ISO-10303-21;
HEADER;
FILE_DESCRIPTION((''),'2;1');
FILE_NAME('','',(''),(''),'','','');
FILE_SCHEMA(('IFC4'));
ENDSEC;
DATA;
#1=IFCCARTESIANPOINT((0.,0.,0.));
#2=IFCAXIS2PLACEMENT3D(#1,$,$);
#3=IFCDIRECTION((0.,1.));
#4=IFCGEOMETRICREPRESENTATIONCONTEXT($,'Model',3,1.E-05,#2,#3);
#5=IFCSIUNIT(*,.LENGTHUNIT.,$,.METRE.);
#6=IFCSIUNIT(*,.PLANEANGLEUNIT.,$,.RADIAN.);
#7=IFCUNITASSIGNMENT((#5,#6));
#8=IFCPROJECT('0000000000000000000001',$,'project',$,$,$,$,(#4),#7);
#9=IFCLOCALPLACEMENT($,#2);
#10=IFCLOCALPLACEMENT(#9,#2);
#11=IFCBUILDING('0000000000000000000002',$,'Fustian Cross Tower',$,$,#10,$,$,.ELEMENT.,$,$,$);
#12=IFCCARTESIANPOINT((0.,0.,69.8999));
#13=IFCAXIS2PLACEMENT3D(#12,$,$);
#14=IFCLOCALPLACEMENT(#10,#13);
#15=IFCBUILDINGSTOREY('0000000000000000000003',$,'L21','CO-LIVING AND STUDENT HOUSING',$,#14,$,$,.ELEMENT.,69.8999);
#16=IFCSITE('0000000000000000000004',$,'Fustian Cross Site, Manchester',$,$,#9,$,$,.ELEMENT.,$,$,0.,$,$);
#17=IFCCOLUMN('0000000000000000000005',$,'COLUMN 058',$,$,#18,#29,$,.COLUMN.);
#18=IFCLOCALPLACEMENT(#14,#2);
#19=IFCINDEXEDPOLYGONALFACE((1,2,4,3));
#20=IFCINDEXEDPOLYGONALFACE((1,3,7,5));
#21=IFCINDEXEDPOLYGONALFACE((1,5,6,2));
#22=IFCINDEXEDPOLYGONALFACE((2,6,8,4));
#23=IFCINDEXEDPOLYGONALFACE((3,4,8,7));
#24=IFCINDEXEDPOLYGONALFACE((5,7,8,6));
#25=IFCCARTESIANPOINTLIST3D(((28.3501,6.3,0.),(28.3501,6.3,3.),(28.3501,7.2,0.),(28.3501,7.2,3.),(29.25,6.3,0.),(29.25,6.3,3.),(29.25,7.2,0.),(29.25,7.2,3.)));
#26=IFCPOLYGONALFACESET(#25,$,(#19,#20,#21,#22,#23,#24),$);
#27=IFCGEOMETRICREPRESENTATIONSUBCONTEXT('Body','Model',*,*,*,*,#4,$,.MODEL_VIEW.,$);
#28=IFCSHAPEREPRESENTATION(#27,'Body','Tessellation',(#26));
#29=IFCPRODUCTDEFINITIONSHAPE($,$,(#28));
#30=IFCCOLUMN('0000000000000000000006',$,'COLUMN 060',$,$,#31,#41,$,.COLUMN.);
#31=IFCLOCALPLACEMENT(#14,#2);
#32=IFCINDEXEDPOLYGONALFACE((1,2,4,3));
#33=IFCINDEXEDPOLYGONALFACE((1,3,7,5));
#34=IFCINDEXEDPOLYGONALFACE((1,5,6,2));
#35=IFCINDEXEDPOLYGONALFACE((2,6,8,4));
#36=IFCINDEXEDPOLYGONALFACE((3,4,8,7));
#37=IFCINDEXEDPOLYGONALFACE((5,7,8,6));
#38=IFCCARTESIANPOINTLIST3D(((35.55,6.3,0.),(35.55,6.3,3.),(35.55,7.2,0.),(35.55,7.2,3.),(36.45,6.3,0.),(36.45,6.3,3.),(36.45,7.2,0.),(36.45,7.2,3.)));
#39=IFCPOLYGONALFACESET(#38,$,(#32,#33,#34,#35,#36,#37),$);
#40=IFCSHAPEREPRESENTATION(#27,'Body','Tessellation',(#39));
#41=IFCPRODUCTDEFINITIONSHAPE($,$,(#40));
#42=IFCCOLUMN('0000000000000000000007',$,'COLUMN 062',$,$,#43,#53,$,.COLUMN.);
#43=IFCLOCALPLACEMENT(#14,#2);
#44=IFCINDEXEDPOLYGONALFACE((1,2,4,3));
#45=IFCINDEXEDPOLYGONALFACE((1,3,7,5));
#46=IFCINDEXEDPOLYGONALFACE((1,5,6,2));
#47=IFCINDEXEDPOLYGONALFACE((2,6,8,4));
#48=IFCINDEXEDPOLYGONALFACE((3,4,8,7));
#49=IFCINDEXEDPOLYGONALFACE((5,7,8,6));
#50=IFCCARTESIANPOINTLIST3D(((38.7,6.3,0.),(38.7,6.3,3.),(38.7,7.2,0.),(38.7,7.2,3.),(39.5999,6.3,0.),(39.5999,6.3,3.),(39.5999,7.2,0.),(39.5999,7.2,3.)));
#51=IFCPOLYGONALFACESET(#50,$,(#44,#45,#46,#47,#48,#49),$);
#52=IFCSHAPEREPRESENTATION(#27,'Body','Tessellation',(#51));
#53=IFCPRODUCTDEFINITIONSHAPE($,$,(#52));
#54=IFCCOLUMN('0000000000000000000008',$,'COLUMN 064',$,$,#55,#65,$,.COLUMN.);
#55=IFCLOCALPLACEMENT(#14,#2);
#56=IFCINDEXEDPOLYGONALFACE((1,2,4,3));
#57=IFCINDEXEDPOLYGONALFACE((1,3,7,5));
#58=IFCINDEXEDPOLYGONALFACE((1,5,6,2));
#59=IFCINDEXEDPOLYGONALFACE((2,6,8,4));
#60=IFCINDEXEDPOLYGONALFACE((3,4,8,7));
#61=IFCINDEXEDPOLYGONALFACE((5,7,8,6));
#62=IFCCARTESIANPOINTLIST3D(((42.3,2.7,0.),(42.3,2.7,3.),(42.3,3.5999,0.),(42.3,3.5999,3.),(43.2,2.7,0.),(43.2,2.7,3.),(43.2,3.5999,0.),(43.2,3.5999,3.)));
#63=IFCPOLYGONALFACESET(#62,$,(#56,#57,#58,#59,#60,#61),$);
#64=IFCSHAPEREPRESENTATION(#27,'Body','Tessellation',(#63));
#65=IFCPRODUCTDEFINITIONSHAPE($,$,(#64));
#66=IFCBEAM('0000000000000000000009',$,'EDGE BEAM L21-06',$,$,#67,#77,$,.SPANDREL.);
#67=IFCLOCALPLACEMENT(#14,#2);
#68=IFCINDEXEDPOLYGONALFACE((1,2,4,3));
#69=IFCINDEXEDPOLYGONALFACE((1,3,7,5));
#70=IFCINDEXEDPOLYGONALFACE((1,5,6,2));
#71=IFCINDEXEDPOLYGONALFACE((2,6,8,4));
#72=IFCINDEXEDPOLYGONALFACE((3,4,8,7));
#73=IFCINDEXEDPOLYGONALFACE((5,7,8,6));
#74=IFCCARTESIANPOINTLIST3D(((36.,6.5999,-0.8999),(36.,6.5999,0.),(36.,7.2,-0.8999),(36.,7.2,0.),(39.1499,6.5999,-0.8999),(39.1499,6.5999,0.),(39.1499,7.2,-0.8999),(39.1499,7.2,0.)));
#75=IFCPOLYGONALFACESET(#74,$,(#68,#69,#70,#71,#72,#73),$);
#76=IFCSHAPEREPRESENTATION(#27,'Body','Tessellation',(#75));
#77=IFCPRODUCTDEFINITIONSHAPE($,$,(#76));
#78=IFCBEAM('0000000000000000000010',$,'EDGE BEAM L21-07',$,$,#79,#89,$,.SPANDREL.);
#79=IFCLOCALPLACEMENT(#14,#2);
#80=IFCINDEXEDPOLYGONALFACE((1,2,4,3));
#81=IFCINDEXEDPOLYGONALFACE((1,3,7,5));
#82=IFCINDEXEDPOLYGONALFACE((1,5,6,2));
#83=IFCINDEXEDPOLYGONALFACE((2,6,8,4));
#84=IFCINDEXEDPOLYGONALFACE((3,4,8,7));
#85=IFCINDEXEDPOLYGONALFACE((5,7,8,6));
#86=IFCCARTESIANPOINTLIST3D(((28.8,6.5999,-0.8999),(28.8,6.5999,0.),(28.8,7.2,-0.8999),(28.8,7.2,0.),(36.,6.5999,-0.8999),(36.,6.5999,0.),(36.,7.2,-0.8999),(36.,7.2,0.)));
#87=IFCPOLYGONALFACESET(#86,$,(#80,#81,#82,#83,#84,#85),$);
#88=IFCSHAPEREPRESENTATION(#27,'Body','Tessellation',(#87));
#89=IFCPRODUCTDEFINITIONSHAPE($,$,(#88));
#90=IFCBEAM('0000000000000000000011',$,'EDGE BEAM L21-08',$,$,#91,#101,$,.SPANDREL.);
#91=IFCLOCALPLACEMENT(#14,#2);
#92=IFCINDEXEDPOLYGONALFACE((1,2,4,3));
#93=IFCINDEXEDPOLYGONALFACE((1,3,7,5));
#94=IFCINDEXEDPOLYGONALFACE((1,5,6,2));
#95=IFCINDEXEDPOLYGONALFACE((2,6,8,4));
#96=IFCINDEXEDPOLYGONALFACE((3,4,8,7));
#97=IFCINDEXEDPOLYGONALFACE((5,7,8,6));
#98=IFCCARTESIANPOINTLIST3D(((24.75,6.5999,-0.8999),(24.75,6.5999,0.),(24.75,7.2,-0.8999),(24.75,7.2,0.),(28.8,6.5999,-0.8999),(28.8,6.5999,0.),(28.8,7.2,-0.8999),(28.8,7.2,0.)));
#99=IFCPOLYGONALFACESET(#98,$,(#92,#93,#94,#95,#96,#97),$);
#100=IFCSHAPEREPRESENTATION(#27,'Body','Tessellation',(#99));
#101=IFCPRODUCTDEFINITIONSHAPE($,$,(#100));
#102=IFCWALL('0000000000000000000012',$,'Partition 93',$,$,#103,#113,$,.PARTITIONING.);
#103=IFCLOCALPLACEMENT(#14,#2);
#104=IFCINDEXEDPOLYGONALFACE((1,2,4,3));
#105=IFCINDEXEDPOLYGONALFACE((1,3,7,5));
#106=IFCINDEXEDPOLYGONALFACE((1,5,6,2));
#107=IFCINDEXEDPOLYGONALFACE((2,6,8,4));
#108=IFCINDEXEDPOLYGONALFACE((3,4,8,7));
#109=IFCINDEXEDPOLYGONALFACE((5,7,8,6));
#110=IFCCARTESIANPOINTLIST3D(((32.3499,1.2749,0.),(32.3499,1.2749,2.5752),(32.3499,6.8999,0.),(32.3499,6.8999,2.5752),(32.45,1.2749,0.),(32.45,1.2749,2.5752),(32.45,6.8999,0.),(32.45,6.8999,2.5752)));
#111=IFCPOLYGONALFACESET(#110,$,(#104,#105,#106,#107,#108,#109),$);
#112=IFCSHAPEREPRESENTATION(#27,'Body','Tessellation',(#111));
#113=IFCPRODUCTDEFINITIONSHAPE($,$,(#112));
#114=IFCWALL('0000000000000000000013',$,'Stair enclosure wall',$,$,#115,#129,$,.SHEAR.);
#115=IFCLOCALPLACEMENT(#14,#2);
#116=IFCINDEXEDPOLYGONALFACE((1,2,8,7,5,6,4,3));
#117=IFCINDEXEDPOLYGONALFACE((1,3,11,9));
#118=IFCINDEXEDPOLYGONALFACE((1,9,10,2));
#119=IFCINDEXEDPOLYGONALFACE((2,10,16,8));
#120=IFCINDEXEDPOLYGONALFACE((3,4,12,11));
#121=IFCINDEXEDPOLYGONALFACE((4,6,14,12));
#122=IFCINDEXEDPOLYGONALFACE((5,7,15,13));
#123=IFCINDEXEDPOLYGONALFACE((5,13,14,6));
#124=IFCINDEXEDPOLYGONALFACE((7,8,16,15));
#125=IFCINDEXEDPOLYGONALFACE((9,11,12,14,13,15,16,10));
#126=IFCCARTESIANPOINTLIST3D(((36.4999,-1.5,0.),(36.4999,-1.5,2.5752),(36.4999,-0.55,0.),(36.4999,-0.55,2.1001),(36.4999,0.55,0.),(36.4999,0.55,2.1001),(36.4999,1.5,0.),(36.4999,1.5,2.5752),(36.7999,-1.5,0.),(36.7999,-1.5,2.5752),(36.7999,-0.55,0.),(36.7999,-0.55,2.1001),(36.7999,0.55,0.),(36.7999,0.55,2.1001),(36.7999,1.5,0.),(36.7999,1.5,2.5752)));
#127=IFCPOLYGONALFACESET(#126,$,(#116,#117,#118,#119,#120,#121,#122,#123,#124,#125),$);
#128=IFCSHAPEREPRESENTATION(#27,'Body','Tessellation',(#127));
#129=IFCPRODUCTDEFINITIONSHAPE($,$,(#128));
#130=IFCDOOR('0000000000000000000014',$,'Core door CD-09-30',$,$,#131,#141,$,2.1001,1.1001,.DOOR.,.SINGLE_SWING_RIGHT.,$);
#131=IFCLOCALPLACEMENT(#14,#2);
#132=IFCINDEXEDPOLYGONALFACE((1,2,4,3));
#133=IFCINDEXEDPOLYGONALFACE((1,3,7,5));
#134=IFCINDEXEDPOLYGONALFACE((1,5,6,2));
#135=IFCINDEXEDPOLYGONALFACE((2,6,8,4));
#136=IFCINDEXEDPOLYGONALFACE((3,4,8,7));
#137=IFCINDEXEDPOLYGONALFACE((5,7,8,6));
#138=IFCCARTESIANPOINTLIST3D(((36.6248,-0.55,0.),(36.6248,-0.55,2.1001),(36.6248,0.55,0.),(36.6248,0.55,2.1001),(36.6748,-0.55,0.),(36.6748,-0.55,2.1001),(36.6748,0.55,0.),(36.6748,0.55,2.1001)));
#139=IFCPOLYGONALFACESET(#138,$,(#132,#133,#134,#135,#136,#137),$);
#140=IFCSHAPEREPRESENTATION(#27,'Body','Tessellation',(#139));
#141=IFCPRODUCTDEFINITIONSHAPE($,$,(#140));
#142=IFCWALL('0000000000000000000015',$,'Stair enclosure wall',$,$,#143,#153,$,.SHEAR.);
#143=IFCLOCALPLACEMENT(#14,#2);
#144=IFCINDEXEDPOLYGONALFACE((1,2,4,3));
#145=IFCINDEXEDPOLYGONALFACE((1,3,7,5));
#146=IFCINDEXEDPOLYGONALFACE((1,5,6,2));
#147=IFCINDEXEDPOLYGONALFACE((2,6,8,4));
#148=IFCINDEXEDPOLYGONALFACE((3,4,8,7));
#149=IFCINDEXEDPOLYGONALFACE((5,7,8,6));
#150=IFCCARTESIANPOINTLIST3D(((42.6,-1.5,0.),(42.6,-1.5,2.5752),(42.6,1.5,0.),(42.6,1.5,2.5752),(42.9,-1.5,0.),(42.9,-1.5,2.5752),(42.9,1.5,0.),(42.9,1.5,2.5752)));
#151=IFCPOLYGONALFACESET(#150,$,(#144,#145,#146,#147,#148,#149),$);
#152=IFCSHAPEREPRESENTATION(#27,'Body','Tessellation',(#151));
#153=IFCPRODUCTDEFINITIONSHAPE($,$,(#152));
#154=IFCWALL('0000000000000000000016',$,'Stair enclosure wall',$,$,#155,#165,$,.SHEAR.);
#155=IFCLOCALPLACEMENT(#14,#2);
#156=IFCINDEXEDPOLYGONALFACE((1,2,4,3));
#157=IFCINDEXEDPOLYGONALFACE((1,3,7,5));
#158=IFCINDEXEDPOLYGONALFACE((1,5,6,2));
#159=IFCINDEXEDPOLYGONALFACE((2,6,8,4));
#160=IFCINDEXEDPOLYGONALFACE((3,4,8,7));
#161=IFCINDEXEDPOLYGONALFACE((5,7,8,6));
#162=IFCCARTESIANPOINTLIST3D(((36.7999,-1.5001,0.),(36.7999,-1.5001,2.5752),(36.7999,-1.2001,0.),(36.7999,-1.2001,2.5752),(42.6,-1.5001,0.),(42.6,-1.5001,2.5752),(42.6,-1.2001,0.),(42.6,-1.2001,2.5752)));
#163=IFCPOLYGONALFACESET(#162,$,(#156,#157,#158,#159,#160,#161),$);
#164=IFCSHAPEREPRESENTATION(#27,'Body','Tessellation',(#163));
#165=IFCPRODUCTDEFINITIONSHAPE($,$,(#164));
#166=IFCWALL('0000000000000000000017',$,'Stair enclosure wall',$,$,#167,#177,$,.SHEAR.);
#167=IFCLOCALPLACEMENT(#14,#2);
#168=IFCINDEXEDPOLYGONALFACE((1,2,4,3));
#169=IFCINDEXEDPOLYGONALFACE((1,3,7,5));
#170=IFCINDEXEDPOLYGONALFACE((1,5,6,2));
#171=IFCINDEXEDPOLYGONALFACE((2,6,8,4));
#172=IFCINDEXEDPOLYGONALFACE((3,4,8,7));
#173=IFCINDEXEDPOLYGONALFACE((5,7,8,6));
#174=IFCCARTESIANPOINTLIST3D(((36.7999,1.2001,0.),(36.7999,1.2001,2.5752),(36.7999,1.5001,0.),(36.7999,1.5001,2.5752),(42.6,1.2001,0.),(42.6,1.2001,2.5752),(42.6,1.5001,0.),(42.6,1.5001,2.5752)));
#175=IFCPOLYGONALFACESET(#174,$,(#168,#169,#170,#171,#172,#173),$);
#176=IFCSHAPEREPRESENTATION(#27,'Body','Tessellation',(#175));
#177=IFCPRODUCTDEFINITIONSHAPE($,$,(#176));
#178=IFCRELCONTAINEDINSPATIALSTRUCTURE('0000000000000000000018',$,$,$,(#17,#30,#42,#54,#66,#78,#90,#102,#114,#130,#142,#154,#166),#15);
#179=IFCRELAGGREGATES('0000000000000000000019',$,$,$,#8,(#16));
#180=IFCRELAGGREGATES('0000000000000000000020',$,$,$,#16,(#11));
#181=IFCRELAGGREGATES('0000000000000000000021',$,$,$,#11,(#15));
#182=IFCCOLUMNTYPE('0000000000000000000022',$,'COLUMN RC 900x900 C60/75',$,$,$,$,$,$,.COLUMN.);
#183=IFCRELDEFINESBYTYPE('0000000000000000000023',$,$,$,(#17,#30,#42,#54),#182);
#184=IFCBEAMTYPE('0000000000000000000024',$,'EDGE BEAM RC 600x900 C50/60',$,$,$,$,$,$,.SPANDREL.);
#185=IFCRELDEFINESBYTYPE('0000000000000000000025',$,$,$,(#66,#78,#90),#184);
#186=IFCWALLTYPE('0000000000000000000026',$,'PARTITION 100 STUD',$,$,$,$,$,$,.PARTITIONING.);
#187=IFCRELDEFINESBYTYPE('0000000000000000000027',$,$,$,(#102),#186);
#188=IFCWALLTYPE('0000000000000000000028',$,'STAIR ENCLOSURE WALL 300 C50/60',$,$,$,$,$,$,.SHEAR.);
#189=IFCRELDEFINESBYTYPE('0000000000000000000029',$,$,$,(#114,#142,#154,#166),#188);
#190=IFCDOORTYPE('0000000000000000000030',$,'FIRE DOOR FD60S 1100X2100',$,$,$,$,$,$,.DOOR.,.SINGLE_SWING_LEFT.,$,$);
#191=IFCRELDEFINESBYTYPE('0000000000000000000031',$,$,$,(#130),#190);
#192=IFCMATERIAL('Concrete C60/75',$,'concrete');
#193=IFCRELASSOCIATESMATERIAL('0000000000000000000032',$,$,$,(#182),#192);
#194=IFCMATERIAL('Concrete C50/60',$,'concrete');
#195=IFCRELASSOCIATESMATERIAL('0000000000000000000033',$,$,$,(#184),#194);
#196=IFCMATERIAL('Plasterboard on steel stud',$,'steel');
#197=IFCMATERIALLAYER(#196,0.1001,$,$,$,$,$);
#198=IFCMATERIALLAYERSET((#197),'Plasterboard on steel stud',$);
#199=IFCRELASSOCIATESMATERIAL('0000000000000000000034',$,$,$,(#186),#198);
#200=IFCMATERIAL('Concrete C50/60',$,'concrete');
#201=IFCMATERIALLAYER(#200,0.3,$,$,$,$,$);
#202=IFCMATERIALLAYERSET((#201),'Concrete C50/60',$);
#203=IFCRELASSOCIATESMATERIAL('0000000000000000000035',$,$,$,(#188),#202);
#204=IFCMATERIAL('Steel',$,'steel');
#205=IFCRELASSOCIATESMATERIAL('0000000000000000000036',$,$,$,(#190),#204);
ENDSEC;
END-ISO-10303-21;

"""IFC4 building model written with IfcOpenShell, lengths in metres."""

from ifc_helpers import new_model, si_unit, direction, frame, frame_2d, origin, origin_2d, place, context, subcontext, project, spatial, rectangle, extrude, material, layer, layer_set, material_profile, profile_set, type_object, element, fill, save


model = new_model("IFC4")

# Units and contexts
model_context = context("Model", 3, precision=1e-05, world=origin(), true_north=direction((0.0, 1.0)))
body_context = subcontext(model_context, "Body", "Model", "MODEL_VIEW")
ifc_project = project(units=[si_unit("LENGTHUNIT", "METRE"), si_unit("PLANEANGLEUNIT", "RADIAN")], contexts=[model_context])

# Site, building, storey
site_placement = place(None, origin())
site = spatial("IfcSite", under=ifc_project, at=site_placement, Name="Fustian Cross Site, Manchester", CompositionType="ELEMENT", RefElevation=0.0)
building_placement = place(site_placement, origin())
building = spatial("IfcBuilding", under=site, at=building_placement, Name="Fustian Cross Tower", CompositionType="ELEMENT")
storey_placement = place(building_placement, frame((0.0, 0.0, 69.8999)))
storey = spatial("IfcBuildingStorey", under=building, at=storey_placement, Name="L21", Description="CO-LIVING AND STUDENT HOUSING", CompositionType="ELEMENT", Elevation=69.8999)

# Columns
ifc_material_1 = material(Name="Concrete C60/75", Category="concrete")
ifc_material_profile_1 = material_profile(ifc_material_1, rectangle(XDim=0.8999, YDim=0.8999, at=origin_2d()), Name="RC 900x900")
ifc_profile_set_1 = profile_set([ifc_material_profile_1], Name="Concrete C60/75")
column_type = type_object("IfcColumnType", Name="COLUMN RC 900x900 C60/75", PredefinedType="COLUMN", material=ifc_profile_set_1)
for number, where, z_axis, x_axis, name in (
    (1, (28.8, 6.75, 0.0), (0.0, 0.0, 1.0), (1.0, 0.0, 0.0), "COLUMN 058"),
    (2, (36.0, 6.75, 0.0), (0.0, 0.0, 1.0), (1.0, 0.0, 0.0), "COLUMN 060"),
    (3, (39.1499, 6.75, 0.0), (0.0, 0.0, 1.0), (1.0, 0.0, 0.0), "COLUMN 062"),
    (4, (42.75, 3.1499, 0.0), (0.0, 0.0, 1.0), (1.0, 0.0, 0.0), "COLUMN 064"),
):
    element("IfcColumn", number, at=place(storey_placement, frame(where, z_axis=z_axis, x_axis=x_axis)), inside=storey, type_object=column_type, Name=name, PredefinedType="COLUMN", context=body_context, shape_type="SweptSolid", body=[
        extrude(rectangle(XDim=0.8999, YDim=0.8999, at=origin_2d()), origin(), (0.0, 0.0, 1.0), 3.0),
    ])

# Beams
ifc_material_2 = material(Name="Concrete C50/60", Category="concrete")
ifc_material_profile_2 = material_profile(ifc_material_2, rectangle(XDim=0.6001, YDim=0.8999, at=origin_2d()), Name="RC 600x900")
ifc_profile_set_2 = profile_set([ifc_material_profile_2], Name="Concrete C50/60")
beam_type = type_object("IfcBeamType", Name="EDGE BEAM RC 600x900 C50/60", PredefinedType="SPANDREL", material=ifc_profile_set_2)
beam_1_placement = place(storey_placement, frame((39.1499, 6.8999, -0.45), z_axis=(-1.0, 0.0, 0.0), x_axis=(0.0, -1.0, 0.0)))
element("IfcBeam", 5, at=beam_1_placement, inside=storey, type_object=beam_type, Name="EDGE BEAM L21-06", PredefinedType="SPANDREL", context=body_context, shape_type="SweptSolid", body=[
    extrude(rectangle(XDim=0.6001, YDim=0.8999, at=origin_2d()), origin(), (0.0, 0.0, 1.0), 3.1499),
])
beam_2_placement = place(storey_placement, frame((36.0, 6.8999, -0.45), z_axis=(-1.0, 0.0, 0.0), x_axis=(0.0, -1.0, 0.0)))
element("IfcBeam", 6, at=beam_2_placement, inside=storey, type_object=beam_type, Name="EDGE BEAM L21-07", PredefinedType="SPANDREL", context=body_context, shape_type="SweptSolid", body=[
    extrude(rectangle(XDim=0.6001, YDim=0.8999, at=origin_2d()), origin(), (0.0, 0.0, 1.0), 7.2),
])
beam_3_placement = place(storey_placement, frame((28.8, 6.8999, -0.45), z_axis=(-1.0, 0.0, 0.0), x_axis=(0.0, -1.0, 0.0)))
element("IfcBeam", 7, at=beam_3_placement, inside=storey, type_object=beam_type, Name="EDGE BEAM L21-08", PredefinedType="SPANDREL", context=body_context, shape_type="SweptSolid", body=[
    extrude(rectangle(XDim=0.6001, YDim=0.8999, at=origin_2d()), origin(), (0.0, 0.0, 1.0), 4.05),
])

# Wall
ifc_material_3 = material(Name="Plasterboard on steel stud", Category="steel")
ifc_layer_1 = layer(ifc_material_3, 0.1001)
ifc_layer_set_1 = layer_set([ifc_layer_1], Name="Plasterboard on steel stud")
wall_type_1 = type_object("IfcWallType", Name="PARTITION 100 STUD", PredefinedType="PARTITIONING", material=ifc_layer_set_1)
wall_1_placement = place(storey_placement, frame((32.3999, 1.2749, 0.0), z_axis=(0.0, 0.0, 1.0), x_axis=(0.0, 1.0, 0.0)))
element("IfcWall", 8, at=wall_1_placement, inside=storey, type_object=wall_type_1, Name="Partition 93", PredefinedType="PARTITIONING", context=body_context, shape_type="SweptSolid", body=[
    extrude(rectangle(XDim=5.625, YDim=0.1001, at=frame_2d((2.8125, 0.0))), origin(), (0.0, 0.0, 1.0), 2.5752),
])

# Wall, opening, door
ifc_material_4 = material(Name="Concrete C50/60", Category="concrete")
ifc_layer_2 = layer(ifc_material_4, 0.3)
ifc_layer_set_2 = layer_set([ifc_layer_2], Name="Concrete C50/60")
wall_type_2 = type_object("IfcWallType", Name="STAIR ENCLOSURE WALL 300 C50/60", PredefinedType="SHEAR", material=ifc_layer_set_2)
wall_2_placement = place(storey_placement, frame((36.6499, -1.5, 0.0), z_axis=(0.0, 0.0, 1.0), x_axis=(0.0, 1.0, 0.0)))
wall_2 = element("IfcWall", 9, at=wall_2_placement, inside=storey, type_object=wall_type_2, Name="Stair enclosure wall", PredefinedType="SHEAR", context=body_context, shape_type="SweptSolid", body=[
    extrude(rectangle(XDim=3.0, YDim=0.3, at=frame_2d((1.5, 0.0))), origin(), (0.0, 0.0, 1.0), 2.5752),
])
opening_1_placement = place(wall_2_placement, frame((0.95, 0.0, 0.0)))
opening_1 = element("IfcOpeningElement", 10, at=opening_1_placement, cuts=wall_2, PredefinedType="OPENING", context=body_context, shape_type="SweptSolid", body=[
    extrude(rectangle(XDim=1.1001, YDim=2.1001, at=frame_2d((0.55, 1.05))), frame((0.0, 0.1599, 0.0), z_axis=(0.0, -1.0, 0.0), x_axis=(1.0, 0.0, 0.0)), (0.0, 0.0, 1.0), 0.3201),
])
ifc_material_5 = material(Name="Steel", Category="steel")
door_type = type_object("IfcDoorType", Name="FIRE DOOR FD60S 1100X2100", OperationType="SINGLE_SWING_LEFT", PredefinedType="DOOR", material=ifc_material_5)
door_placement = place(opening_1_placement, frame((1.1001, 0.0, 0.0), z_axis=(0.0, 0.0, 1.0), x_axis=(-1.0, 0.0, 0.0)))
door = element("IfcDoor", 11, at=door_placement, inside=storey, type_object=door_type, Name="Core door CD-09-30", OperationType="SINGLE_SWING_RIGHT", OverallHeight=2.1001, OverallWidth=1.1001, PredefinedType="DOOR", context=body_context, shape_type="SweptSolid", body=[
    extrude(rectangle(XDim=1.1001, YDim=2.1001, at=frame_2d((0.55, 1.05))), frame((0.0, 0.0249, 0.0), z_axis=(0.0, -1.0, 0.0), x_axis=(1.0, 0.0, 0.0)), (0.0, 0.0, 1.0), 0.05),
])
fill(opening_1, door)

# Walls
wall_3_placement = place(storey_placement, frame((42.75, -1.5, 0.0), z_axis=(0.0, 0.0, 1.0), x_axis=(0.0, 1.0, 0.0)))
element("IfcWall", 12, at=wall_3_placement, inside=storey, type_object=wall_type_2, Name="Stair enclosure wall", PredefinedType="SHEAR", context=body_context, shape_type="SweptSolid", body=[
    extrude(rectangle(XDim=3.0, YDim=0.3, at=frame_2d((1.5, 0.0))), origin(), (0.0, 0.0, 1.0), 2.5752),
])
for number, where, z_axis, x_axis, name in (
    (13, (36.8, -1.3501, 0.0), (0.0, 0.0, 1.0), (1.0, 0.0, 0.0), "Stair enclosure wall"),
    (14, (36.8, 1.3501, 0.0), (0.0, 0.0, 1.0), (1.0, 0.0, 0.0), "Stair enclosure wall"),
):
    element("IfcWall", number, at=place(storey_placement, frame(where, z_axis=z_axis, x_axis=x_axis)), inside=storey, type_object=wall_type_2, Name=name, PredefinedType="SHEAR", context=body_context, shape_type="SweptSolid", body=[
        extrude(rectangle(XDim=5.8, YDim=0.3, at=frame_2d((2.8999, 0.0))), origin(), (0.0, 0.0, 1.0), 2.5752),
    ])

save(model, "model.ifc")
